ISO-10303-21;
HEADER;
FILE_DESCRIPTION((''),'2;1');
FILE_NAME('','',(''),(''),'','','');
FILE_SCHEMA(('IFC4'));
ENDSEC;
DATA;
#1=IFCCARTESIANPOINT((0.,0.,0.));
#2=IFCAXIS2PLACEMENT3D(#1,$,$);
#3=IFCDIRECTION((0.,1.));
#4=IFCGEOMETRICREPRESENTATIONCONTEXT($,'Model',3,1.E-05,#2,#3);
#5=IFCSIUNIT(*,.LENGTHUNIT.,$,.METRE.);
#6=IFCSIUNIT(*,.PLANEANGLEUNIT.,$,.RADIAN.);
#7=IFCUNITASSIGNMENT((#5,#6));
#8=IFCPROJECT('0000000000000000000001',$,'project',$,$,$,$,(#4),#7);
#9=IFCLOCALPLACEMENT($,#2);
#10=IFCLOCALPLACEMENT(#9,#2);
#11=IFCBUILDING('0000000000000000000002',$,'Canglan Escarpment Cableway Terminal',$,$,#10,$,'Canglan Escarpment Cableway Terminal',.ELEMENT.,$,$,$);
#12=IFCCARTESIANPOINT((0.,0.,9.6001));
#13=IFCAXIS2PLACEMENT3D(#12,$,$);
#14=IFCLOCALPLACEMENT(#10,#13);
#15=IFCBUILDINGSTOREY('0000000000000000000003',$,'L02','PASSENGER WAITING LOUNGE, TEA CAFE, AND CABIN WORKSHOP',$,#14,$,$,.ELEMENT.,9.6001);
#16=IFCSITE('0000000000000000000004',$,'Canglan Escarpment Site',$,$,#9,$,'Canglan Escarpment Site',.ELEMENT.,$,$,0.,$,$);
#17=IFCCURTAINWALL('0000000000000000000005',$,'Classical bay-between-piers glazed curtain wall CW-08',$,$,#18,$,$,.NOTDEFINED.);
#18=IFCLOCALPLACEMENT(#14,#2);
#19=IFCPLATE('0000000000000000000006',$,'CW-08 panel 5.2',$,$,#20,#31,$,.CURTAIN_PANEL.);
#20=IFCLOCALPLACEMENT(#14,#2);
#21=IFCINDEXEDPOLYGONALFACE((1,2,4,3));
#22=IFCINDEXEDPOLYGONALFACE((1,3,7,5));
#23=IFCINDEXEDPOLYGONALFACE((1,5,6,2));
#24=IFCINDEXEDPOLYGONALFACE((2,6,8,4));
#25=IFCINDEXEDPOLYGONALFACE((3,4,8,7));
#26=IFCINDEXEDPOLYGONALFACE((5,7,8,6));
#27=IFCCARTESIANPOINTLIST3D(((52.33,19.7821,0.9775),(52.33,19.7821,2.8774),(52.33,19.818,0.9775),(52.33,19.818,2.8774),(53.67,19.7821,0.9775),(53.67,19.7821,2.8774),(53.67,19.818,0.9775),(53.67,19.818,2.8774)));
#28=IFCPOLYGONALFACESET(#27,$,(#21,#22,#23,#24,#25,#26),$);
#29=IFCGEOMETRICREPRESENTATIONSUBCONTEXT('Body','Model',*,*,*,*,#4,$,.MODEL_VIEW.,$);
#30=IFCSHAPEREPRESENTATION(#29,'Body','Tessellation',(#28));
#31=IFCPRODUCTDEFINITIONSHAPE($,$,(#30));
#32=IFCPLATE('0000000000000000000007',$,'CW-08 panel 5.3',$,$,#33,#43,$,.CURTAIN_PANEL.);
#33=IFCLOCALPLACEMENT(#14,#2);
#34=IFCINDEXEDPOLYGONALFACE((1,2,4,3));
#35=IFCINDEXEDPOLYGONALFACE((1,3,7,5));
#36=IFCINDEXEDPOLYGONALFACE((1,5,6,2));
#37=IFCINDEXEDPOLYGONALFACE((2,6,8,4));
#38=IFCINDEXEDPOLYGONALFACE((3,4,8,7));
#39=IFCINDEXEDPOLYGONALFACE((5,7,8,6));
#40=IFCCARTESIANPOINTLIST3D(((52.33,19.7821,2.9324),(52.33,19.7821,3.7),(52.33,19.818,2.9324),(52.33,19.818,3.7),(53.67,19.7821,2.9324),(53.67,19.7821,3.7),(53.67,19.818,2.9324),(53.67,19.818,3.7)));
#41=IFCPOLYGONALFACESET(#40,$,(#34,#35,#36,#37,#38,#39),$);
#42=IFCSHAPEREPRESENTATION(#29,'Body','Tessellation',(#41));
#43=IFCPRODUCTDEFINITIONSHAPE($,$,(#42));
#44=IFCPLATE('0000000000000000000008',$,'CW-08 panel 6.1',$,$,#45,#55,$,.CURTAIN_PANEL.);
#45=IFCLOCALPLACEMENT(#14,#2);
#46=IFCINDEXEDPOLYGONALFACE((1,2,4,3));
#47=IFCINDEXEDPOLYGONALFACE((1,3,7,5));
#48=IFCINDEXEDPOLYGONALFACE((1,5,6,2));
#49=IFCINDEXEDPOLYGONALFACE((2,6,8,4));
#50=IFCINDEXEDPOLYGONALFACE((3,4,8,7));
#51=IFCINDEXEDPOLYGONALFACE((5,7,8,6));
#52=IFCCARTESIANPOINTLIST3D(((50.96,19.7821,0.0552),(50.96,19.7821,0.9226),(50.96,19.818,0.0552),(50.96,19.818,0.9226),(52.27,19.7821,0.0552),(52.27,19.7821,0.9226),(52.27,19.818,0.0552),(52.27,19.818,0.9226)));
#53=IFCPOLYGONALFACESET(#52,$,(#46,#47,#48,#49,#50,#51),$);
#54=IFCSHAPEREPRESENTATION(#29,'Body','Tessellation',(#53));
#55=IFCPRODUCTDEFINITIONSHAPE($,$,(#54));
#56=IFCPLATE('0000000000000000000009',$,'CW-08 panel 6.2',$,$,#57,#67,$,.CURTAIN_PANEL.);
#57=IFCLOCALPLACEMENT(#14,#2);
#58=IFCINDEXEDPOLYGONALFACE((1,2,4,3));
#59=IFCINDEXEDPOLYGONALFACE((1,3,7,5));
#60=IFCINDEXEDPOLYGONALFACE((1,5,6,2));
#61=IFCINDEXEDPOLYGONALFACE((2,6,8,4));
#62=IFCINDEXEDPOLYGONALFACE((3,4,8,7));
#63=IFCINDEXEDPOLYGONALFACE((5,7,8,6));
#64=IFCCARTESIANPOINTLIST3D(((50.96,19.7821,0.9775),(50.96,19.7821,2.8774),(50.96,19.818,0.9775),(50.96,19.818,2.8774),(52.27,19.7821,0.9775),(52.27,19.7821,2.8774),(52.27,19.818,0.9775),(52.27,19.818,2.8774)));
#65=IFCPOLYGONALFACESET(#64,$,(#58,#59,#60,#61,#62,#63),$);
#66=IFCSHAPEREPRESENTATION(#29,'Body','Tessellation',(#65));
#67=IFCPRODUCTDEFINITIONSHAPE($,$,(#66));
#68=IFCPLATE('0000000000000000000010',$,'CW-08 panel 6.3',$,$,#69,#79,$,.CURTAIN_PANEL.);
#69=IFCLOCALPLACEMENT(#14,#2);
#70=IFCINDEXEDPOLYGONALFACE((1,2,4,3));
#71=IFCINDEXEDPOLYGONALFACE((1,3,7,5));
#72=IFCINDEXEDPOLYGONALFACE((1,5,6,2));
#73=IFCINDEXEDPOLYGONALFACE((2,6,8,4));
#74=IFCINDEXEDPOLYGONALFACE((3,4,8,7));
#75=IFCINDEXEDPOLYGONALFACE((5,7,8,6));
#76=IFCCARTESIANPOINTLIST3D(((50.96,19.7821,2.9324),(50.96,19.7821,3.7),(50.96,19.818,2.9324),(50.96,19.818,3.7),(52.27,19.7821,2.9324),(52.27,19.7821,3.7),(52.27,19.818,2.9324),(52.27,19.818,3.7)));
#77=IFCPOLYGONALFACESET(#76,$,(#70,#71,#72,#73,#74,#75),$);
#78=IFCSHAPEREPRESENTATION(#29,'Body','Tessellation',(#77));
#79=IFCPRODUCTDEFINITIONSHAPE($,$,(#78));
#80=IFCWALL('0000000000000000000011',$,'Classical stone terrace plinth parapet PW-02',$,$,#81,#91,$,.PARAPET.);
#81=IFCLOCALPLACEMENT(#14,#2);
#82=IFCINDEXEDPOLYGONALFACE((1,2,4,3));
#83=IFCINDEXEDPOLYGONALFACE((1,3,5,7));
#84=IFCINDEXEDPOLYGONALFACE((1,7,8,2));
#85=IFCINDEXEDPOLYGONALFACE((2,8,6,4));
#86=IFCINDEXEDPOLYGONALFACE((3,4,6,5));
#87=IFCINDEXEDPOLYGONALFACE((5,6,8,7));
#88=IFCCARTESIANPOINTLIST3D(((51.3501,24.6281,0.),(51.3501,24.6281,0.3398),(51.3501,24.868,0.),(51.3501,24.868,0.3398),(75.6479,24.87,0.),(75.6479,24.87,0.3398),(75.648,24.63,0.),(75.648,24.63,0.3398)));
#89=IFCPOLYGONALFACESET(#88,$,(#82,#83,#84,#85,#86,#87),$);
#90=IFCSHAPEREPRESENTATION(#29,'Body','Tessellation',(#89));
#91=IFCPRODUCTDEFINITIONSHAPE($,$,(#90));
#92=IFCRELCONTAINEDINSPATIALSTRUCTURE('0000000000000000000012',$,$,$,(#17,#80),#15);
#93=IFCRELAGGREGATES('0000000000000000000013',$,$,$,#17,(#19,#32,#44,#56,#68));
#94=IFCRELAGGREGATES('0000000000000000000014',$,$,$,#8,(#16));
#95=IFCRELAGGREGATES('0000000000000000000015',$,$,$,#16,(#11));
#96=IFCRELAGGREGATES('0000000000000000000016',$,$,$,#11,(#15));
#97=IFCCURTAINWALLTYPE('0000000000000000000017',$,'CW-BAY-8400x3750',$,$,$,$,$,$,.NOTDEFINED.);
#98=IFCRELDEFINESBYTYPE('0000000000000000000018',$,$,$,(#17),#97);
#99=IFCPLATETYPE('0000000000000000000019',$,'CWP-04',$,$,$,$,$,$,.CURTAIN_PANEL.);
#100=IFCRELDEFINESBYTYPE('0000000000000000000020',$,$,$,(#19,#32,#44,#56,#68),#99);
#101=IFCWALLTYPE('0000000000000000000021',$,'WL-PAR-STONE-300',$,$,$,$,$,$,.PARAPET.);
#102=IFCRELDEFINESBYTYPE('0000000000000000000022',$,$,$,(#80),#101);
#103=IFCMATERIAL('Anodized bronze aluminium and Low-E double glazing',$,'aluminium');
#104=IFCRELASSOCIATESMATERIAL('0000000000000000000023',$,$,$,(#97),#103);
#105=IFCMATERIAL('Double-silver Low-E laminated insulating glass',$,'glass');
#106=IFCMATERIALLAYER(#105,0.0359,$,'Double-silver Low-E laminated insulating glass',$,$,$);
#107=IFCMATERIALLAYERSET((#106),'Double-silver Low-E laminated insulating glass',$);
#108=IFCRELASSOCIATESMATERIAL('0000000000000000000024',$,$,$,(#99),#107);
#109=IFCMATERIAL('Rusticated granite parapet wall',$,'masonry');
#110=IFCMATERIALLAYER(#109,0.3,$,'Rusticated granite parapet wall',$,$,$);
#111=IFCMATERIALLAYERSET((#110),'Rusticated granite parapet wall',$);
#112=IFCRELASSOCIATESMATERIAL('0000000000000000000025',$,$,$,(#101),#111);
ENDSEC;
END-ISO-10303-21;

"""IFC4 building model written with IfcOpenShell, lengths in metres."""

from ifc_helpers import new_model, si_unit, direction, frame, frame_2d, origin, origin_2d, place, context, subcontext, project, spatial, rectangle, extrude, material, layer, layer_set, type_object, element, aggregate, save


model = new_model("IFC4")

# Units and contexts
model_context = context("Model", 3, precision=1e-05, world=origin(), true_north=direction((0.0, 1.0)))
body_context = subcontext(model_context, "Body", "Model", "MODEL_VIEW")
ifc_project = project(units=[si_unit("LENGTHUNIT", "METRE"), si_unit("PLANEANGLEUNIT", "RADIAN")], contexts=[model_context])

# Site, building, storey
site_placement = place(None, origin())
site = spatial("IfcSite", under=ifc_project, at=site_placement, Name="Canglan Escarpment Site", LongName="Canglan Escarpment Site", CompositionType="ELEMENT", RefElevation=0.0)
building_placement = place(site_placement, origin())
building = spatial("IfcBuilding", under=site, at=building_placement, Name="Canglan Escarpment Cableway Terminal", LongName="Canglan Escarpment Cableway Terminal", CompositionType="ELEMENT")
storey_placement = place(building_placement, frame((0.0, 0.0, 9.6001)))
storey = spatial("IfcBuildingStorey", under=building, at=storey_placement, Name="L02", Description="PASSENGER WAITING LOUNGE, TEA CAFE, AND CABIN WORKSHOP", CompositionType="ELEMENT", Elevation=9.6001)

# Curtain wall
ifc_material_1 = material(Name="Anodized bronze aluminium and Low-E double glazing", Category="aluminium")
curtain_wall_type = type_object("IfcCurtainWallType", Name="CW-BAY-8400x3750", PredefinedType="NOTDEFINED", material=ifc_material_1)
curtain_wall_placement = place(storey_placement, origin())
curtain_wall = element("IfcCurtainWall", 1, at=curtain_wall_placement, inside=storey, type_object=curtain_wall_type, Name="Classical bay-between-piers glazed curtain wall CW-08", PredefinedType="NOTDEFINED")

# Plates
ifc_material_2 = material(Name="Double-silver Low-E laminated insulating glass", Category="glass")
ifc_layer_1 = layer(ifc_material_2, 0.0359, Name="Double-silver Low-E laminated insulating glass")
ifc_layer_set_1 = layer_set([ifc_layer_1], Name="Double-silver Low-E laminated insulating glass")
plate_type = type_object("IfcPlateType", Name="CWP-04", PredefinedType="CURTAIN_PANEL", material=ifc_layer_set_1)
plate_1_placement = place(storey_placement, frame((53.0, 19.8, 0.9775), z_axis=(0.0, 0.0, 1.0), x_axis=(-1.0, 0.0, 0.0)))
plate_1 = element("IfcPlate", 2, at=plate_1_placement, type_object=plate_type, Name="CW-08 panel 5.2", PredefinedType="CURTAIN_PANEL", context=body_context, shape_type="SweptSolid", body=[
    extrude(rectangle(XDim=1.3401, YDim=0.0359, at=origin_2d()), origin(), (0.0, 0.0, 1.0), 1.8999),
])
plate_2_placement = place(storey_placement, frame((53.0, 19.8, 2.9324), z_axis=(0.0, 0.0, 1.0), x_axis=(-1.0, 0.0, 0.0)))
plate_2 = element("IfcPlate", 3, at=plate_2_placement, type_object=plate_type, Name="CW-08 panel 5.3", PredefinedType="CURTAIN_PANEL", context=body_context, shape_type="SweptSolid", body=[
    extrude(rectangle(XDim=1.3401, YDim=0.0359, at=origin_2d()), origin(), (0.0, 0.0, 1.0), 0.7676),
])
plate_3_placement = place(storey_placement, frame((51.615, 19.8, 0.0552), z_axis=(0.0, 0.0, 1.0), x_axis=(-1.0, 0.0, 0.0)))
plate_3 = element("IfcPlate", 4, at=plate_3_placement, type_object=plate_type, Name="CW-08 panel 6.1", PredefinedType="CURTAIN_PANEL", context=body_context, shape_type="SweptSolid", body=[
    extrude(rectangle(XDim=1.3101, YDim=0.0359, at=origin_2d()), origin(), (0.0, 0.0, 1.0), 0.8674),
])
plate_4_placement = place(storey_placement, frame((51.615, 19.8, 0.9775), z_axis=(0.0, 0.0, 1.0), x_axis=(-1.0, 0.0, 0.0)))
plate_4 = element("IfcPlate", 5, at=plate_4_placement, type_object=plate_type, Name="CW-08 panel 6.2", PredefinedType="CURTAIN_PANEL", context=body_context, shape_type="SweptSolid", body=[
    extrude(rectangle(XDim=1.3101, YDim=0.0359, at=origin_2d()), origin(), (0.0, 0.0, 1.0), 1.8999),
])
plate_5_placement = place(storey_placement, frame((51.615, 19.8, 2.9324), z_axis=(0.0, 0.0, 1.0), x_axis=(-1.0, 0.0, 0.0)))
plate_5 = element("IfcPlate", 6, at=plate_5_placement, type_object=plate_type, Name="CW-08 panel 6.3", PredefinedType="CURTAIN_PANEL", context=body_context, shape_type="SweptSolid", body=[
    extrude(rectangle(XDim=1.3101, YDim=0.0359, at=origin_2d()), origin(), (0.0, 0.0, 1.0), 0.7676),
])
aggregate(curtain_wall, [plate_1, plate_2, plate_3, plate_4, plate_5])

# Wall
ifc_material_3 = material(Name="Rusticated granite parapet wall", Category="masonry")
ifc_layer_2 = layer(ifc_material_3, 0.3, Name="Rusticated granite parapet wall")
ifc_layer_set_2 = layer_set([ifc_layer_2], Name="Rusticated granite parapet wall")
wall_type = type_object("IfcWallType", Name="WL-PAR-STONE-300", PredefinedType="PARAPET", material=ifc_layer_set_2)
wall_placement = place(storey_placement, frame((51.3501, 24.748, 0.0), z_axis=(0.0, 0.0, 1.0), x_axis=(1.0, 0.00008, 0.0)))
element("IfcWall", 7, at=wall_placement, inside=storey, type_object=wall_type, Name="Classical stone terrace plinth parapet PW-02", PredefinedType="PARAPET", context=body_context, shape_type="SweptSolid", body=[
    extrude(rectangle(XDim=24.2979, YDim=0.24, at=frame_2d((12.1489, 0.0))), origin(), (0.0, 0.0, 1.0), 0.3398),
])

save(model, "model.ifc")
